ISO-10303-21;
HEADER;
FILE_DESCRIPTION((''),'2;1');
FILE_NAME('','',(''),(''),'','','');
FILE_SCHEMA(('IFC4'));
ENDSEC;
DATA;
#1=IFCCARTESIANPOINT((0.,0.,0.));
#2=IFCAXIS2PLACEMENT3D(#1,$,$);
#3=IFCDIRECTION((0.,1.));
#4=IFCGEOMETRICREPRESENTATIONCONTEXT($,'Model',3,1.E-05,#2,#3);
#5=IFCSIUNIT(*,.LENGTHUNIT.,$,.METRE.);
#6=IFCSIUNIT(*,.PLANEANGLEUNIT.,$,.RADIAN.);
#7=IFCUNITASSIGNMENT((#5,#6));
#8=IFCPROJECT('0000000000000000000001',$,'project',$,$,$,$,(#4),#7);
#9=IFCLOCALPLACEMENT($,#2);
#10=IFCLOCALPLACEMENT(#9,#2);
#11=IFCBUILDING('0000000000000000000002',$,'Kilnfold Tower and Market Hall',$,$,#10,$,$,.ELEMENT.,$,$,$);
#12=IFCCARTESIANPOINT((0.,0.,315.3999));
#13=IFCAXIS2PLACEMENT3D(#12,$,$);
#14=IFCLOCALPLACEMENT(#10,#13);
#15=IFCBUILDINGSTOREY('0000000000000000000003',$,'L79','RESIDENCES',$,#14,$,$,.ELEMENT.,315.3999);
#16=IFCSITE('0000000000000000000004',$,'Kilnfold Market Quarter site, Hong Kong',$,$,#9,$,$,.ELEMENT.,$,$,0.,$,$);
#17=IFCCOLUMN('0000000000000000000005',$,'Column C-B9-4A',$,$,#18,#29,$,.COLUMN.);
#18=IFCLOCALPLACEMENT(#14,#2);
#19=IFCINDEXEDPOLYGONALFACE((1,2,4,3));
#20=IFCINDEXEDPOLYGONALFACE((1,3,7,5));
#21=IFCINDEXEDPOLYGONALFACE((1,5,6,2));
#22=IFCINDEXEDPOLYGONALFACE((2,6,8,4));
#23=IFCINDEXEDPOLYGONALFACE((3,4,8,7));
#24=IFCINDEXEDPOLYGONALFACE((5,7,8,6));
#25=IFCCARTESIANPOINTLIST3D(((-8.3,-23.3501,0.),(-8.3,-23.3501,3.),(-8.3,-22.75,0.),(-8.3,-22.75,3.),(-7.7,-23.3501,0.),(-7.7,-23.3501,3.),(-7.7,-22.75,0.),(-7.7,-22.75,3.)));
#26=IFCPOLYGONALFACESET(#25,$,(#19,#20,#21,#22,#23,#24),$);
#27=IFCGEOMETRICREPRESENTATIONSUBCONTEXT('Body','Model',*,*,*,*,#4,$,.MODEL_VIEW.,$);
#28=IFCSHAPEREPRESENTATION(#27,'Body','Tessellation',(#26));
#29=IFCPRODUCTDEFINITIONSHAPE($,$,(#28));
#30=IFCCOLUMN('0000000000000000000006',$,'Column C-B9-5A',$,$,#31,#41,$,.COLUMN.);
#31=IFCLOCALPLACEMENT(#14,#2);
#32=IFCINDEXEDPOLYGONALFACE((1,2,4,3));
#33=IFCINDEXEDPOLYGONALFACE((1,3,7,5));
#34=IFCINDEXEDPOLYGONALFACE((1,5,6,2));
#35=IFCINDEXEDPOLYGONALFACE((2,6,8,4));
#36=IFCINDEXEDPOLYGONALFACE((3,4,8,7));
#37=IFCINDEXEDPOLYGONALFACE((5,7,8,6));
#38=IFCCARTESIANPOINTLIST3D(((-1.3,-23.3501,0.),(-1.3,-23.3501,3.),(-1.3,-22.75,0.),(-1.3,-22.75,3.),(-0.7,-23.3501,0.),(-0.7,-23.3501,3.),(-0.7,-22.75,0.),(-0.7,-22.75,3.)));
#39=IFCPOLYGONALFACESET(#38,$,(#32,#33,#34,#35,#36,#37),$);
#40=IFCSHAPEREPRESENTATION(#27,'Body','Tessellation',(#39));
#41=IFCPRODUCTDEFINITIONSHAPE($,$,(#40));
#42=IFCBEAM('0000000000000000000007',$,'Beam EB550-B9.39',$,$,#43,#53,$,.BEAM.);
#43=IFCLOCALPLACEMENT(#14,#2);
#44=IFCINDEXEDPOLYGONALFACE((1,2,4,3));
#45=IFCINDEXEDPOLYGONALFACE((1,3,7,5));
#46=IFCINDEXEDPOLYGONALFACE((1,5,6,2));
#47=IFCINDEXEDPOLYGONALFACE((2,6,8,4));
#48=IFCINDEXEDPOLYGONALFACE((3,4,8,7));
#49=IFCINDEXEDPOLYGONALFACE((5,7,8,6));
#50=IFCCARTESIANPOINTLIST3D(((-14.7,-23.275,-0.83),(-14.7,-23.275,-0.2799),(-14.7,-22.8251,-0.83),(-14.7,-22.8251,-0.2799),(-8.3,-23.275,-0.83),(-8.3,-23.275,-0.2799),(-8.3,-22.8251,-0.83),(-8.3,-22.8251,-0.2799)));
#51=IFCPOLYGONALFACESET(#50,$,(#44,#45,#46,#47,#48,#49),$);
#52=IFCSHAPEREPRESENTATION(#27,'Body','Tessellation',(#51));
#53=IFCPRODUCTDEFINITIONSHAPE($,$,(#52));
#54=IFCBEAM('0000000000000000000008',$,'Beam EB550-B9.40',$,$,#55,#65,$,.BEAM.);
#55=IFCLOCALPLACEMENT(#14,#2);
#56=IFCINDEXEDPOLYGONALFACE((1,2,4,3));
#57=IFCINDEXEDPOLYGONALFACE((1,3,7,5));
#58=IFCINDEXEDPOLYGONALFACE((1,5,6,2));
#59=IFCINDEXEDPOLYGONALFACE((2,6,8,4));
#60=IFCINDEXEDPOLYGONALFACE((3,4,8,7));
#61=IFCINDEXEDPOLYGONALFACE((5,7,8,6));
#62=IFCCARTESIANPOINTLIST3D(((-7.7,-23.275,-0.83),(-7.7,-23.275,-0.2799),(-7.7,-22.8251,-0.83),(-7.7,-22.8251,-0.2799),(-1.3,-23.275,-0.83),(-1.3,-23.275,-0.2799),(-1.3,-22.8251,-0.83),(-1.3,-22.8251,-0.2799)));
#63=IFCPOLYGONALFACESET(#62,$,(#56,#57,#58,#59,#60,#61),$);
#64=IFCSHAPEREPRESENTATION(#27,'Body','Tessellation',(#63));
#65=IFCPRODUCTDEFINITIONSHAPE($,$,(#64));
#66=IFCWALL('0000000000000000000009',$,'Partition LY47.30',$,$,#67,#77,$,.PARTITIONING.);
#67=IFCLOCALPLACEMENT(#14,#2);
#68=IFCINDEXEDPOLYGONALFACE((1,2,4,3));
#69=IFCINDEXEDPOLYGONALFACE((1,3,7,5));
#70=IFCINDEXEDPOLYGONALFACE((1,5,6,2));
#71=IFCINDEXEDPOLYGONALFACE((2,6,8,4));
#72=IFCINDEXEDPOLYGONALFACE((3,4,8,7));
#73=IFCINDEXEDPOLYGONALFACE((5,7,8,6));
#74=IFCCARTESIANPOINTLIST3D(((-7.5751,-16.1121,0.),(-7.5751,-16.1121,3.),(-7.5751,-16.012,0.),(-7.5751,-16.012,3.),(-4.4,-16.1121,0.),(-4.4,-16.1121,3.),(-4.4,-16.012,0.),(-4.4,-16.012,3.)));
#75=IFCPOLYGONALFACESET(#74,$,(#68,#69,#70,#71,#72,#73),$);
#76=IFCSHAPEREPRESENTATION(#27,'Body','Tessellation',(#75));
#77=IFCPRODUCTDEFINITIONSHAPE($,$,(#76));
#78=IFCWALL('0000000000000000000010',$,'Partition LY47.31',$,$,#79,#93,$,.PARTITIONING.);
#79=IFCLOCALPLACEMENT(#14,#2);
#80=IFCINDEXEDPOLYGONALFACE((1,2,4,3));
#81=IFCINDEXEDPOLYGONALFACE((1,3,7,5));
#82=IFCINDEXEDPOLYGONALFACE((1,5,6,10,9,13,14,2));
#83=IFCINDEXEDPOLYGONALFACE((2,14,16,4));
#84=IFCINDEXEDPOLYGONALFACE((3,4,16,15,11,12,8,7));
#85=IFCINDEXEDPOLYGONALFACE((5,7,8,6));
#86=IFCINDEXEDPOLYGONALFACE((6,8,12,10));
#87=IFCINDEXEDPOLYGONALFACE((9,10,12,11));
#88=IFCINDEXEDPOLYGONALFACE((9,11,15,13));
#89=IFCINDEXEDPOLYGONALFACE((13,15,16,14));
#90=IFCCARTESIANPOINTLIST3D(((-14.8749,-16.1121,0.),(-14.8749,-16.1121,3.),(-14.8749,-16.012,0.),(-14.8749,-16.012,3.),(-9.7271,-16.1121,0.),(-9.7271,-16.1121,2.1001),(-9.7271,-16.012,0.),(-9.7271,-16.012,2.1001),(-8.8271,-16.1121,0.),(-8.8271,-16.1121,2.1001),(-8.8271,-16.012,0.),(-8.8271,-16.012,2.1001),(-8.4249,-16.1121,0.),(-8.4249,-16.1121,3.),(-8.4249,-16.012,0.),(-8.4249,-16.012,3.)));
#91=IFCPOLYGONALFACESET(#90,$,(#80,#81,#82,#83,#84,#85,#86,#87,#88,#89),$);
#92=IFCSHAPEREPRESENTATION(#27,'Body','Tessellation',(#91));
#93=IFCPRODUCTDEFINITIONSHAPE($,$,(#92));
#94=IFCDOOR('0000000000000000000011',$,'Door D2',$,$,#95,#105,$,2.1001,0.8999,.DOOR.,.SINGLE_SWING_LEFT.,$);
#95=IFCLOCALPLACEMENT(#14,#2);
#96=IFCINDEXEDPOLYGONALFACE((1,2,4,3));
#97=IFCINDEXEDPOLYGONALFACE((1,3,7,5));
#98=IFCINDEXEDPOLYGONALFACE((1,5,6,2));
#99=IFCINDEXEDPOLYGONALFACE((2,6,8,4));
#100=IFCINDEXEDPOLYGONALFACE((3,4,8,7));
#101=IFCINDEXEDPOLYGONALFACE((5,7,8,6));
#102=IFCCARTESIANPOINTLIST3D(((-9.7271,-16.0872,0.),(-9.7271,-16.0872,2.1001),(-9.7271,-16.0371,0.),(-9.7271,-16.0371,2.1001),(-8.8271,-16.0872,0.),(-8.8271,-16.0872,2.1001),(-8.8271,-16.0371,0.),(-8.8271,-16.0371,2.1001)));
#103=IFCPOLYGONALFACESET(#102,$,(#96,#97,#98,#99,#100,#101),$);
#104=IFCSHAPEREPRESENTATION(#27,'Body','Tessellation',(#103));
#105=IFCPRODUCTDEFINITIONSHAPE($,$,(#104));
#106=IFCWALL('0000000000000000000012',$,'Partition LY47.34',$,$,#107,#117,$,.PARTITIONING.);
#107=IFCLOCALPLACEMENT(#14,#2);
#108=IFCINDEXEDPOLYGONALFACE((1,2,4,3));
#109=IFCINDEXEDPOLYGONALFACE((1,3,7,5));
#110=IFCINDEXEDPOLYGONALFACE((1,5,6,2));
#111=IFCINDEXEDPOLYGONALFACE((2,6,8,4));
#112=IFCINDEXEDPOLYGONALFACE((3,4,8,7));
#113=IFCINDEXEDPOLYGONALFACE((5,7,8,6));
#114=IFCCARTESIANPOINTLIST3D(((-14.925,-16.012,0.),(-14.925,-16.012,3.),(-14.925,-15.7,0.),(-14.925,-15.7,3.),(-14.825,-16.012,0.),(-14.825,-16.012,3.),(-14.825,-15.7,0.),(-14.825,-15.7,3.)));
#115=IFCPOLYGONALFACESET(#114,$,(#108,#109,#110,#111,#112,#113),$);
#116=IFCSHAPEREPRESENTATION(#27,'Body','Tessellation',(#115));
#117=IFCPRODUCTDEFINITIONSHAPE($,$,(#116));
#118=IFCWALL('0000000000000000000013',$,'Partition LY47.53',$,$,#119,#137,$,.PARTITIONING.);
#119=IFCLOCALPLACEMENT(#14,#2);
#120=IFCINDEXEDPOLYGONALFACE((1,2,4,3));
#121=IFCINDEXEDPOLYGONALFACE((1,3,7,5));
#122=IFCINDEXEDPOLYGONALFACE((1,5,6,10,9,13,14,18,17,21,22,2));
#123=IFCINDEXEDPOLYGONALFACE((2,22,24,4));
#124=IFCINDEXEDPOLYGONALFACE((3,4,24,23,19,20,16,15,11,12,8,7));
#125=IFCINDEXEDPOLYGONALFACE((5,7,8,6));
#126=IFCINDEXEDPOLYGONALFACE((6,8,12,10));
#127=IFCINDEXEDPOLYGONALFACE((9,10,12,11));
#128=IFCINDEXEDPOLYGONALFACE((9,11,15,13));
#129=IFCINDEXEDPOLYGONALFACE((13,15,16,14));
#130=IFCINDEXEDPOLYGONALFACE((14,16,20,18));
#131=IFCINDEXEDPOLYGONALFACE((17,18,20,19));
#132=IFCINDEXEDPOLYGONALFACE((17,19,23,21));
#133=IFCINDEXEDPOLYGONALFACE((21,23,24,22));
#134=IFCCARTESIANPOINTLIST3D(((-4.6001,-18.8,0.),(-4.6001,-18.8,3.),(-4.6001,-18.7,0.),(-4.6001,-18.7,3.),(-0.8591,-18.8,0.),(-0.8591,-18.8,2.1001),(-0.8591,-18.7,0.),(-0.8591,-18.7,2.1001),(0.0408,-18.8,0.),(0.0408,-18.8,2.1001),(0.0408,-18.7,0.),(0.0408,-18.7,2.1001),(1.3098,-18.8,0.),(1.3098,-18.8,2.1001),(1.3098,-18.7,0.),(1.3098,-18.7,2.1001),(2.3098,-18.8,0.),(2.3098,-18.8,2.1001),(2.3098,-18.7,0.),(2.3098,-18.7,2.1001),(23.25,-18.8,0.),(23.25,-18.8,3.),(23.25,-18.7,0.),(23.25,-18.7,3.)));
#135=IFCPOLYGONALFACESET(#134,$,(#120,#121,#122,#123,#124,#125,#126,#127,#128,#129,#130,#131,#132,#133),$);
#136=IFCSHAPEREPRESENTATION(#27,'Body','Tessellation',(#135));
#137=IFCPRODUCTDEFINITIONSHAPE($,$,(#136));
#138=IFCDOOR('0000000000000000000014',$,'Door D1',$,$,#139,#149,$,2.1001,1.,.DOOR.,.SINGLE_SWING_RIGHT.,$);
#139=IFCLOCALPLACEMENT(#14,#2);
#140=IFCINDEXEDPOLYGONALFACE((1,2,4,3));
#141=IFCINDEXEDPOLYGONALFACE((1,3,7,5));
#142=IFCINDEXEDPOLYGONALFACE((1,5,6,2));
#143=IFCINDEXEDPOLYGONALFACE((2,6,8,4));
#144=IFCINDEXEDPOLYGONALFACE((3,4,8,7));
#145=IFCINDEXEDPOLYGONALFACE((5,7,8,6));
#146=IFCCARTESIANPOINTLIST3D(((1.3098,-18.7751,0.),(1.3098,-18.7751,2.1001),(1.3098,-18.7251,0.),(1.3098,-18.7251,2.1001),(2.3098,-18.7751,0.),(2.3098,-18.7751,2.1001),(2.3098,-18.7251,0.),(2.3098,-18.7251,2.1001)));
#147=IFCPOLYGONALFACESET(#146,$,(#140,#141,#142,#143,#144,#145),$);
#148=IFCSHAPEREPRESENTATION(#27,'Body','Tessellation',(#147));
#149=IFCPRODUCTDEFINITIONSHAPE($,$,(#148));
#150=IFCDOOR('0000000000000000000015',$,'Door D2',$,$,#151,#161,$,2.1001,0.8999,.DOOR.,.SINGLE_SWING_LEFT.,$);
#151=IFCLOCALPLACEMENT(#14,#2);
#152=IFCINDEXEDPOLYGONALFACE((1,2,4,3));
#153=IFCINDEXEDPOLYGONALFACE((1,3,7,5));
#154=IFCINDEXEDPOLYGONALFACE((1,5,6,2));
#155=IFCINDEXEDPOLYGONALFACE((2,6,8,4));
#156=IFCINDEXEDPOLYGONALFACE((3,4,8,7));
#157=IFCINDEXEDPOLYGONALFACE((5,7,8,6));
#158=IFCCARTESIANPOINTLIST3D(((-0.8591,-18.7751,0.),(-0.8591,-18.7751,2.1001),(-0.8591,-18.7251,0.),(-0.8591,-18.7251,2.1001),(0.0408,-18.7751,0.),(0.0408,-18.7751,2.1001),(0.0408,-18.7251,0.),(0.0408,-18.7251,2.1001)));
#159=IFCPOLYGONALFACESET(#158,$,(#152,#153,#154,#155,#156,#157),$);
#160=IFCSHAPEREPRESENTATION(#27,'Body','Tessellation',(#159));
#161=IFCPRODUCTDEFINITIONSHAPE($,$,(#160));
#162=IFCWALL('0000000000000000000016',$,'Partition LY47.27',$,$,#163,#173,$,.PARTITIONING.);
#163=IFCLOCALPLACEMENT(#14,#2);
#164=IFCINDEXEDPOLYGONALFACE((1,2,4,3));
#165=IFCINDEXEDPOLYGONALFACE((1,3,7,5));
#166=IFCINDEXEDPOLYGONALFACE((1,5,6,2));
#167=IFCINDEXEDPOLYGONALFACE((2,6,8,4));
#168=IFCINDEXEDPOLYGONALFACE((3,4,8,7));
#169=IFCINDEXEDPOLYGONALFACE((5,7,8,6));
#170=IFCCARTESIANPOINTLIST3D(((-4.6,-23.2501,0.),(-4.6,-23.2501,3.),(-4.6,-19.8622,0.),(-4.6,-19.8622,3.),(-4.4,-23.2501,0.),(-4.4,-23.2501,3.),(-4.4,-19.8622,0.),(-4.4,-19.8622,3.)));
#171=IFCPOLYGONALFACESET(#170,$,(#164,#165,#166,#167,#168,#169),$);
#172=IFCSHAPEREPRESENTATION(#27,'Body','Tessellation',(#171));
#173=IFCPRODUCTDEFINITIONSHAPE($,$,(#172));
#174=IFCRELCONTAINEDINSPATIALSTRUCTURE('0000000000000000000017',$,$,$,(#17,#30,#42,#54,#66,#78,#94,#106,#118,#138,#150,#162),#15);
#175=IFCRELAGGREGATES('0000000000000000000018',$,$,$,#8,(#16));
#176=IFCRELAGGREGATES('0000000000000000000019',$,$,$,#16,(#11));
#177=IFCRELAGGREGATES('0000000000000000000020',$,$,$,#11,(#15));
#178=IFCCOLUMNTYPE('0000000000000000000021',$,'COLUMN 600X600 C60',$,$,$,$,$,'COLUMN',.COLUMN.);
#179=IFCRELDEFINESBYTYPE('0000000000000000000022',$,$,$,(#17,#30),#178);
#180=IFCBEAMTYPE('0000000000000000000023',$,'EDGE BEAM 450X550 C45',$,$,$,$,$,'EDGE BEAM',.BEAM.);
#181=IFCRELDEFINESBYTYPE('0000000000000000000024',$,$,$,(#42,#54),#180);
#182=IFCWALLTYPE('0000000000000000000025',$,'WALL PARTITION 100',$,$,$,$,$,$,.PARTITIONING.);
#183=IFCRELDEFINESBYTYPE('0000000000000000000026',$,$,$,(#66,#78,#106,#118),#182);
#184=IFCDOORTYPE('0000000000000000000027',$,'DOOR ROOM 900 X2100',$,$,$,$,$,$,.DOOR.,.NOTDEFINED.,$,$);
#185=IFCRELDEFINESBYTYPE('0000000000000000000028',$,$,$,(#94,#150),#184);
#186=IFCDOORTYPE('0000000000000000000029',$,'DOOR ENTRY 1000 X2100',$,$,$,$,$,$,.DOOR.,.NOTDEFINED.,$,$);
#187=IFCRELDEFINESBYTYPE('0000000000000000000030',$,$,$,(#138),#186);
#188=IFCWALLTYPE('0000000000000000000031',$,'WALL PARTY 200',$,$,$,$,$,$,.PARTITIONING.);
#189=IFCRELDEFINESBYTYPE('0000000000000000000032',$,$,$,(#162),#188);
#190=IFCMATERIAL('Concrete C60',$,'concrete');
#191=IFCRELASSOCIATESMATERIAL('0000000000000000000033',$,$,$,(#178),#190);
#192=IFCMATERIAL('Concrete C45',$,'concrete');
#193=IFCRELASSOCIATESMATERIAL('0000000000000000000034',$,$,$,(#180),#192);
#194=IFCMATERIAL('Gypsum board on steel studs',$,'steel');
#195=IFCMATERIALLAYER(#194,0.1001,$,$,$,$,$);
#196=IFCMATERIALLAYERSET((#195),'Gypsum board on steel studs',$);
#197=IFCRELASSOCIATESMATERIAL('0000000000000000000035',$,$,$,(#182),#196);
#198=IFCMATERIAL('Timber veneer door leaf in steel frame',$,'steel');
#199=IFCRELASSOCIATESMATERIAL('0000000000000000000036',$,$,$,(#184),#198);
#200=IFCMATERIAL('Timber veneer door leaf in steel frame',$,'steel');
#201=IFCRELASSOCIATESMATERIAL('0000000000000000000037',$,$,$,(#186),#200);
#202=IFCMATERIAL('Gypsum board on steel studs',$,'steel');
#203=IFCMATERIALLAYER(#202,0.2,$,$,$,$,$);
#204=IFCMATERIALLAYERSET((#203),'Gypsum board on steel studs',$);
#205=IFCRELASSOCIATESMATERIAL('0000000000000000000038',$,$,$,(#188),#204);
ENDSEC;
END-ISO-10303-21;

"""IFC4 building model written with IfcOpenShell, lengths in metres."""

from ifc_helpers import new_model, si_unit, direction, frame, frame_2d, origin, origin_2d, place, context, subcontext, project, spatial, rectangle, extrude, source, transform, mapped, material, layer, layer_set, material_profile, profile_set, type_object, element, fill, save


model = new_model("IFC4")

# Units and contexts
model_context = context("Model", 3, precision=1e-05, world=origin(), true_north=direction((0.0, 1.0)))
body_context = subcontext(model_context, "Body", "Model", "MODEL_VIEW")
ifc_project = project(units=[si_unit("LENGTHUNIT", "METRE"), si_unit("PLANEANGLEUNIT", "RADIAN")], contexts=[model_context])

# Site, building, storey
site_placement = place(None, origin())
site = spatial("IfcSite", under=ifc_project, at=site_placement, Name="Kilnfold Market Quarter site, Hong Kong", CompositionType="ELEMENT", RefElevation=0.0)
building_placement = place(site_placement, origin())
building = spatial("IfcBuilding", under=site, at=building_placement, Name="Kilnfold Tower and Market Hall", CompositionType="ELEMENT")
storey_placement = place(building_placement, frame((0.0, 0.0, 315.3999)))
storey = spatial("IfcBuildingStorey", under=building, at=storey_placement, Name="L79", Description="RESIDENCES", CompositionType="ELEMENT", Elevation=315.3999)

# Columns
ifc_material_1 = material(Name="Concrete C60", Category="concrete")
ifc_material_profile_1 = material_profile(ifc_material_1, rectangle(XDim=0.6001, YDim=0.6001, at=origin_2d()), Name="RC 600x600")
ifc_profile_set_1 = profile_set([ifc_material_profile_1], Name="Concrete C60")
column_type = type_object("IfcColumnType", Name="COLUMN 600X600 C60", ElementType="COLUMN", PredefinedType="COLUMN", material=ifc_profile_set_1)
shared_shape_1 = source(origin(), body_context, "Body", "SweptSolid", [
    extrude(rectangle(XDim=0.6001, YDim=0.6001, at=origin_2d()), origin(), (0.0, 0.0, 1.0), 3.0),
])
for number, where, z_axis, x_axis, name in (
    (1, (-8.0, -23.05, 0.0), (0.0, 0.0, 1.0), (1.0, 0.0, 0.0), "Column C-B9-4A"),
    (2, (-1.0, -23.05, 0.0), (0.0, 0.0, 1.0), (1.0, 0.0, 0.0), "Column C-B9-5A"),
):
    element("IfcColumn", number, at=place(storey_placement, frame(where, z_axis=z_axis, x_axis=x_axis)), inside=storey, type_object=column_type, Name=name, PredefinedType="COLUMN", context=body_context, shape_type="MappedRepresentation", body=[
        mapped(shared_shape_1, transform((0.0, 0.0, 0.0))),
    ])

# Beams
ifc_material_2 = material(Name="Concrete C45", Category="concrete")
ifc_material_profile_2 = material_profile(ifc_material_2, rectangle(XDim=0.45, YDim=0.55, at=origin_2d()), Name="RC 450x550")
ifc_profile_set_2 = profile_set([ifc_material_profile_2], Name="Concrete C45")
beam_type = type_object("IfcBeamType", Name="EDGE BEAM 450X550 C45", ElementType="EDGE BEAM", PredefinedType="BEAM", material=ifc_profile_set_2)
shared_shape_2 = source(origin(), body_context, "Body", "SweptSolid", [
    extrude(rectangle(XDim=0.45, YDim=0.55, at=origin_2d()), origin(), (0.0, 0.0, 1.0), 6.3999),
])
for number, where, z_axis, x_axis, name in (
    (3, (-14.7, -23.05, -0.5549), (1.0, 0.0, 0.0), (0.0, 1.0, 0.0), "Beam EB550-B9.39"),
    (4, (-7.7, -23.05, -0.5549), (1.0, 0.0, 0.0), (0.0, 1.0, 0.0), "Beam EB550-B9.40"),
):
    element("IfcBeam", number, at=place(storey_placement, frame(where, z_axis=z_axis, x_axis=x_axis)), inside=storey, type_object=beam_type, Name=name, PredefinedType="BEAM", context=body_context, shape_type="MappedRepresentation", body=[
        mapped(shared_shape_2, transform((0.0, 0.0, 0.0))),
    ])

# Wall
ifc_material_3 = material(Name="Gypsum board on steel studs", Category="steel")
ifc_layer_1 = layer(ifc_material_3, 0.1001)
ifc_layer_set_1 = layer_set([ifc_layer_1], Name="Gypsum board on steel studs")
wall_type_1 = type_object("IfcWallType", Name="WALL PARTITION 100", PredefinedType="PARTITIONING", material=ifc_layer_set_1)
wall_1_placement = place(storey_placement, frame((-7.575, -16.062, 0.0), z_axis=(0.0, 0.0, 1.0), x_axis=(1.0, 0.0, 0.0)))
element("IfcWall", 5, at=wall_1_placement, inside=storey, type_object=wall_type_1, Name="Partition LY47.30", PredefinedType="PARTITIONING", context=body_context, shape_type="SweptSolid", body=[
    extrude(rectangle(XDim=3.175, YDim=0.1001, at=frame_2d((1.5874, 0.0))), origin(), (0.0, 0.0, 1.0), 3.0),
])

# Wall, opening, door
wall_2_placement = place(storey_placement, frame((-14.875, -16.062, 0.0), z_axis=(0.0, 0.0, 1.0), x_axis=(1.0, 0.0, 0.0)))
wall_2 = element("IfcWall", 6, at=wall_2_placement, inside=storey, type_object=wall_type_1, Name="Partition LY47.31", PredefinedType="PARTITIONING", context=body_context, shape_type="SweptSolid", body=[
    extrude(rectangle(XDim=6.45, YDim=0.1001, at=frame_2d((3.2251, 0.0))), origin(), (0.0, 0.0, 1.0), 3.0),
])
opening_1_placement = place(wall_2_placement, frame((5.1479, 0.0, 0.0)))
opening_1 = element("IfcOpeningElement", 7, at=opening_1_placement, cuts=wall_2, PredefinedType="OPENING", context=body_context, shape_type="SweptSolid", body=[
    extrude(rectangle(XDim=0.8999, YDim=2.1001, at=frame_2d((0.45, 1.05))), frame((0.0, 0.0601, 0.0), z_axis=(0.0, -1.0, 0.0), x_axis=(1.0, 0.0, 0.0)), (0.0, 0.0, 1.0), 0.1201),
])
ifc_material_4 = material(Name="Timber veneer door leaf in steel frame", Category="steel")
door_type_1 = type_object("IfcDoorType", Name="DOOR ROOM 900 X2100", OperationType="NOTDEFINED", PredefinedType="DOOR", material=ifc_material_4)
door_1_placement = place(opening_1_placement, origin())
door_1 = element("IfcDoor", 8, at=door_1_placement, inside=storey, type_object=door_type_1, Name="Door D2", OperationType="SINGLE_SWING_LEFT", OverallHeight=2.1001, OverallWidth=0.8999, PredefinedType="DOOR", context=body_context, shape_type="SweptSolid", body=[
    extrude(rectangle(XDim=0.8999, YDim=2.1001, at=frame_2d((0.45, 1.05))), frame((0.0, 0.0249, 0.0), z_axis=(0.0, -1.0, 0.0), x_axis=(1.0, 0.0, 0.0)), (0.0, 0.0, 1.0), 0.05),
])
fill(opening_1, door_1)

# Wall
wall_3_placement = place(storey_placement, frame((-14.875, -16.012, 0.0), z_axis=(0.0, 0.0, 1.0), x_axis=(0.0, 1.0, 0.0)))
element("IfcWall", 9, at=wall_3_placement, inside=storey, type_object=wall_type_1, Name="Partition LY47.34", PredefinedType="PARTITIONING", context=body_context, shape_type="SweptSolid", body=[
    extrude(rectangle(XDim=0.312, YDim=0.1001, at=frame_2d((0.156, 0.0))), origin(), (0.0, 0.0, 1.0), 3.0),
])

# Wall, openings, doors
wall_4_placement = place(storey_placement, frame((-4.6001, -18.75, 0.0), z_axis=(0.0, 0.0, 1.0), x_axis=(1.0, 0.0, 0.0)))
wall_4 = element("IfcWall", 10, at=wall_4_placement, inside=storey, type_object=wall_type_1, Name="Partition LY47.53", PredefinedType="PARTITIONING", context=body_context, shape_type="SweptSolid", body=[
    extrude(rectangle(XDim=27.8501, YDim=0.1001, at=frame_2d((13.925, 0.0))), origin(), (0.0, 0.0, 1.0), 3.0),
])
opening_2_placement = place(wall_4_placement, frame((3.741, 0.0, 0.0)))
opening_2 = element("IfcOpeningElement", 11, at=opening_2_placement, cuts=wall_4, PredefinedType="OPENING", context=body_context, shape_type="SweptSolid", body=[
    extrude(rectangle(XDim=0.8999, YDim=2.1001, at=frame_2d((0.45, 1.05))), frame((0.0, 0.0601, 0.0), z_axis=(0.0, -1.0, 0.0), x_axis=(1.0, 0.0, 0.0)), (0.0, 0.0, 1.0), 0.1201),
])
opening_3_placement = place(wall_4_placement, frame((5.9099, 0.0, 0.0)))
opening_3 = element("IfcOpeningElement", 12, at=opening_3_placement, cuts=wall_4, PredefinedType="OPENING", context=body_context, shape_type="SweptSolid", body=[
    extrude(rectangle(XDim=1.0, YDim=2.1001, at=frame_2d((0.5, 1.05))), frame((0.0, 0.0601, 0.0), z_axis=(0.0, -1.0, 0.0), x_axis=(1.0, 0.0, 0.0)), (0.0, 0.0, 1.0), 0.1201),
])
ifc_material_5 = material(Name="Timber veneer door leaf in steel frame", Category="steel")
door_type_2 = type_object("IfcDoorType", Name="DOOR ENTRY 1000 X2100", OperationType="NOTDEFINED", PredefinedType="DOOR", material=ifc_material_5)
door_2_placement = place(opening_3_placement, origin())
door_2 = element("IfcDoor", 13, at=door_2_placement, inside=storey, type_object=door_type_2, Name="Door D1", OperationType="SINGLE_SWING_RIGHT", OverallHeight=2.1001, OverallWidth=1.0, PredefinedType="DOOR", context=body_context, shape_type="SweptSolid", body=[
    extrude(rectangle(XDim=1.0, YDim=2.1001, at=frame_2d((0.5, 1.05))), frame((0.0, 0.0249, 0.0), z_axis=(0.0, -1.0, 0.0), x_axis=(1.0, 0.0, 0.0)), (0.0, 0.0, 1.0), 0.05),
])
fill(opening_3, door_2)
door_3_placement = place(opening_2_placement, origin())
door_3 = element("IfcDoor", 14, at=door_3_placement, inside=storey, type_object=door_type_1, Name="Door D2", OperationType="SINGLE_SWING_LEFT", OverallHeight=2.1001, OverallWidth=0.8999, PredefinedType="DOOR", context=body_context, shape_type="SweptSolid", body=[
    extrude(rectangle(XDim=0.8999, YDim=2.1001, at=frame_2d((0.45, 1.05))), frame((0.0, 0.0249, 0.0), z_axis=(0.0, -1.0, 0.0), x_axis=(1.0, 0.0, 0.0)), (0.0, 0.0, 1.0), 0.05),
])
fill(opening_2, door_3)

# Wall
ifc_material_6 = material(Name="Gypsum board on steel studs", Category="steel")
ifc_layer_2 = layer(ifc_material_6, 0.2)
ifc_layer_set_2 = layer_set([ifc_layer_2], Name="Gypsum board on steel studs")
wall_type_2 = type_object("IfcWallType", Name="WALL PARTY 200", PredefinedType="PARTITIONING", material=ifc_layer_set_2)
wall_5_placement = place(storey_placement, frame((-4.5, -23.25, 0.0), z_axis=(0.0, 0.0, 1.0), x_axis=(0.0, 1.0, 0.0)))
element("IfcWall", 15, at=wall_5_placement, inside=storey, type_object=wall_type_2, Name="Partition LY47.27", PredefinedType="PARTITIONING", context=body_context, shape_type="SweptSolid", body=[
    extrude(rectangle(XDim=3.3879, YDim=0.2, at=frame_2d((1.6938, 0.0))), origin(), (0.0, 0.0, 1.0), 3.0),
])

save(model, "model.ifc")
